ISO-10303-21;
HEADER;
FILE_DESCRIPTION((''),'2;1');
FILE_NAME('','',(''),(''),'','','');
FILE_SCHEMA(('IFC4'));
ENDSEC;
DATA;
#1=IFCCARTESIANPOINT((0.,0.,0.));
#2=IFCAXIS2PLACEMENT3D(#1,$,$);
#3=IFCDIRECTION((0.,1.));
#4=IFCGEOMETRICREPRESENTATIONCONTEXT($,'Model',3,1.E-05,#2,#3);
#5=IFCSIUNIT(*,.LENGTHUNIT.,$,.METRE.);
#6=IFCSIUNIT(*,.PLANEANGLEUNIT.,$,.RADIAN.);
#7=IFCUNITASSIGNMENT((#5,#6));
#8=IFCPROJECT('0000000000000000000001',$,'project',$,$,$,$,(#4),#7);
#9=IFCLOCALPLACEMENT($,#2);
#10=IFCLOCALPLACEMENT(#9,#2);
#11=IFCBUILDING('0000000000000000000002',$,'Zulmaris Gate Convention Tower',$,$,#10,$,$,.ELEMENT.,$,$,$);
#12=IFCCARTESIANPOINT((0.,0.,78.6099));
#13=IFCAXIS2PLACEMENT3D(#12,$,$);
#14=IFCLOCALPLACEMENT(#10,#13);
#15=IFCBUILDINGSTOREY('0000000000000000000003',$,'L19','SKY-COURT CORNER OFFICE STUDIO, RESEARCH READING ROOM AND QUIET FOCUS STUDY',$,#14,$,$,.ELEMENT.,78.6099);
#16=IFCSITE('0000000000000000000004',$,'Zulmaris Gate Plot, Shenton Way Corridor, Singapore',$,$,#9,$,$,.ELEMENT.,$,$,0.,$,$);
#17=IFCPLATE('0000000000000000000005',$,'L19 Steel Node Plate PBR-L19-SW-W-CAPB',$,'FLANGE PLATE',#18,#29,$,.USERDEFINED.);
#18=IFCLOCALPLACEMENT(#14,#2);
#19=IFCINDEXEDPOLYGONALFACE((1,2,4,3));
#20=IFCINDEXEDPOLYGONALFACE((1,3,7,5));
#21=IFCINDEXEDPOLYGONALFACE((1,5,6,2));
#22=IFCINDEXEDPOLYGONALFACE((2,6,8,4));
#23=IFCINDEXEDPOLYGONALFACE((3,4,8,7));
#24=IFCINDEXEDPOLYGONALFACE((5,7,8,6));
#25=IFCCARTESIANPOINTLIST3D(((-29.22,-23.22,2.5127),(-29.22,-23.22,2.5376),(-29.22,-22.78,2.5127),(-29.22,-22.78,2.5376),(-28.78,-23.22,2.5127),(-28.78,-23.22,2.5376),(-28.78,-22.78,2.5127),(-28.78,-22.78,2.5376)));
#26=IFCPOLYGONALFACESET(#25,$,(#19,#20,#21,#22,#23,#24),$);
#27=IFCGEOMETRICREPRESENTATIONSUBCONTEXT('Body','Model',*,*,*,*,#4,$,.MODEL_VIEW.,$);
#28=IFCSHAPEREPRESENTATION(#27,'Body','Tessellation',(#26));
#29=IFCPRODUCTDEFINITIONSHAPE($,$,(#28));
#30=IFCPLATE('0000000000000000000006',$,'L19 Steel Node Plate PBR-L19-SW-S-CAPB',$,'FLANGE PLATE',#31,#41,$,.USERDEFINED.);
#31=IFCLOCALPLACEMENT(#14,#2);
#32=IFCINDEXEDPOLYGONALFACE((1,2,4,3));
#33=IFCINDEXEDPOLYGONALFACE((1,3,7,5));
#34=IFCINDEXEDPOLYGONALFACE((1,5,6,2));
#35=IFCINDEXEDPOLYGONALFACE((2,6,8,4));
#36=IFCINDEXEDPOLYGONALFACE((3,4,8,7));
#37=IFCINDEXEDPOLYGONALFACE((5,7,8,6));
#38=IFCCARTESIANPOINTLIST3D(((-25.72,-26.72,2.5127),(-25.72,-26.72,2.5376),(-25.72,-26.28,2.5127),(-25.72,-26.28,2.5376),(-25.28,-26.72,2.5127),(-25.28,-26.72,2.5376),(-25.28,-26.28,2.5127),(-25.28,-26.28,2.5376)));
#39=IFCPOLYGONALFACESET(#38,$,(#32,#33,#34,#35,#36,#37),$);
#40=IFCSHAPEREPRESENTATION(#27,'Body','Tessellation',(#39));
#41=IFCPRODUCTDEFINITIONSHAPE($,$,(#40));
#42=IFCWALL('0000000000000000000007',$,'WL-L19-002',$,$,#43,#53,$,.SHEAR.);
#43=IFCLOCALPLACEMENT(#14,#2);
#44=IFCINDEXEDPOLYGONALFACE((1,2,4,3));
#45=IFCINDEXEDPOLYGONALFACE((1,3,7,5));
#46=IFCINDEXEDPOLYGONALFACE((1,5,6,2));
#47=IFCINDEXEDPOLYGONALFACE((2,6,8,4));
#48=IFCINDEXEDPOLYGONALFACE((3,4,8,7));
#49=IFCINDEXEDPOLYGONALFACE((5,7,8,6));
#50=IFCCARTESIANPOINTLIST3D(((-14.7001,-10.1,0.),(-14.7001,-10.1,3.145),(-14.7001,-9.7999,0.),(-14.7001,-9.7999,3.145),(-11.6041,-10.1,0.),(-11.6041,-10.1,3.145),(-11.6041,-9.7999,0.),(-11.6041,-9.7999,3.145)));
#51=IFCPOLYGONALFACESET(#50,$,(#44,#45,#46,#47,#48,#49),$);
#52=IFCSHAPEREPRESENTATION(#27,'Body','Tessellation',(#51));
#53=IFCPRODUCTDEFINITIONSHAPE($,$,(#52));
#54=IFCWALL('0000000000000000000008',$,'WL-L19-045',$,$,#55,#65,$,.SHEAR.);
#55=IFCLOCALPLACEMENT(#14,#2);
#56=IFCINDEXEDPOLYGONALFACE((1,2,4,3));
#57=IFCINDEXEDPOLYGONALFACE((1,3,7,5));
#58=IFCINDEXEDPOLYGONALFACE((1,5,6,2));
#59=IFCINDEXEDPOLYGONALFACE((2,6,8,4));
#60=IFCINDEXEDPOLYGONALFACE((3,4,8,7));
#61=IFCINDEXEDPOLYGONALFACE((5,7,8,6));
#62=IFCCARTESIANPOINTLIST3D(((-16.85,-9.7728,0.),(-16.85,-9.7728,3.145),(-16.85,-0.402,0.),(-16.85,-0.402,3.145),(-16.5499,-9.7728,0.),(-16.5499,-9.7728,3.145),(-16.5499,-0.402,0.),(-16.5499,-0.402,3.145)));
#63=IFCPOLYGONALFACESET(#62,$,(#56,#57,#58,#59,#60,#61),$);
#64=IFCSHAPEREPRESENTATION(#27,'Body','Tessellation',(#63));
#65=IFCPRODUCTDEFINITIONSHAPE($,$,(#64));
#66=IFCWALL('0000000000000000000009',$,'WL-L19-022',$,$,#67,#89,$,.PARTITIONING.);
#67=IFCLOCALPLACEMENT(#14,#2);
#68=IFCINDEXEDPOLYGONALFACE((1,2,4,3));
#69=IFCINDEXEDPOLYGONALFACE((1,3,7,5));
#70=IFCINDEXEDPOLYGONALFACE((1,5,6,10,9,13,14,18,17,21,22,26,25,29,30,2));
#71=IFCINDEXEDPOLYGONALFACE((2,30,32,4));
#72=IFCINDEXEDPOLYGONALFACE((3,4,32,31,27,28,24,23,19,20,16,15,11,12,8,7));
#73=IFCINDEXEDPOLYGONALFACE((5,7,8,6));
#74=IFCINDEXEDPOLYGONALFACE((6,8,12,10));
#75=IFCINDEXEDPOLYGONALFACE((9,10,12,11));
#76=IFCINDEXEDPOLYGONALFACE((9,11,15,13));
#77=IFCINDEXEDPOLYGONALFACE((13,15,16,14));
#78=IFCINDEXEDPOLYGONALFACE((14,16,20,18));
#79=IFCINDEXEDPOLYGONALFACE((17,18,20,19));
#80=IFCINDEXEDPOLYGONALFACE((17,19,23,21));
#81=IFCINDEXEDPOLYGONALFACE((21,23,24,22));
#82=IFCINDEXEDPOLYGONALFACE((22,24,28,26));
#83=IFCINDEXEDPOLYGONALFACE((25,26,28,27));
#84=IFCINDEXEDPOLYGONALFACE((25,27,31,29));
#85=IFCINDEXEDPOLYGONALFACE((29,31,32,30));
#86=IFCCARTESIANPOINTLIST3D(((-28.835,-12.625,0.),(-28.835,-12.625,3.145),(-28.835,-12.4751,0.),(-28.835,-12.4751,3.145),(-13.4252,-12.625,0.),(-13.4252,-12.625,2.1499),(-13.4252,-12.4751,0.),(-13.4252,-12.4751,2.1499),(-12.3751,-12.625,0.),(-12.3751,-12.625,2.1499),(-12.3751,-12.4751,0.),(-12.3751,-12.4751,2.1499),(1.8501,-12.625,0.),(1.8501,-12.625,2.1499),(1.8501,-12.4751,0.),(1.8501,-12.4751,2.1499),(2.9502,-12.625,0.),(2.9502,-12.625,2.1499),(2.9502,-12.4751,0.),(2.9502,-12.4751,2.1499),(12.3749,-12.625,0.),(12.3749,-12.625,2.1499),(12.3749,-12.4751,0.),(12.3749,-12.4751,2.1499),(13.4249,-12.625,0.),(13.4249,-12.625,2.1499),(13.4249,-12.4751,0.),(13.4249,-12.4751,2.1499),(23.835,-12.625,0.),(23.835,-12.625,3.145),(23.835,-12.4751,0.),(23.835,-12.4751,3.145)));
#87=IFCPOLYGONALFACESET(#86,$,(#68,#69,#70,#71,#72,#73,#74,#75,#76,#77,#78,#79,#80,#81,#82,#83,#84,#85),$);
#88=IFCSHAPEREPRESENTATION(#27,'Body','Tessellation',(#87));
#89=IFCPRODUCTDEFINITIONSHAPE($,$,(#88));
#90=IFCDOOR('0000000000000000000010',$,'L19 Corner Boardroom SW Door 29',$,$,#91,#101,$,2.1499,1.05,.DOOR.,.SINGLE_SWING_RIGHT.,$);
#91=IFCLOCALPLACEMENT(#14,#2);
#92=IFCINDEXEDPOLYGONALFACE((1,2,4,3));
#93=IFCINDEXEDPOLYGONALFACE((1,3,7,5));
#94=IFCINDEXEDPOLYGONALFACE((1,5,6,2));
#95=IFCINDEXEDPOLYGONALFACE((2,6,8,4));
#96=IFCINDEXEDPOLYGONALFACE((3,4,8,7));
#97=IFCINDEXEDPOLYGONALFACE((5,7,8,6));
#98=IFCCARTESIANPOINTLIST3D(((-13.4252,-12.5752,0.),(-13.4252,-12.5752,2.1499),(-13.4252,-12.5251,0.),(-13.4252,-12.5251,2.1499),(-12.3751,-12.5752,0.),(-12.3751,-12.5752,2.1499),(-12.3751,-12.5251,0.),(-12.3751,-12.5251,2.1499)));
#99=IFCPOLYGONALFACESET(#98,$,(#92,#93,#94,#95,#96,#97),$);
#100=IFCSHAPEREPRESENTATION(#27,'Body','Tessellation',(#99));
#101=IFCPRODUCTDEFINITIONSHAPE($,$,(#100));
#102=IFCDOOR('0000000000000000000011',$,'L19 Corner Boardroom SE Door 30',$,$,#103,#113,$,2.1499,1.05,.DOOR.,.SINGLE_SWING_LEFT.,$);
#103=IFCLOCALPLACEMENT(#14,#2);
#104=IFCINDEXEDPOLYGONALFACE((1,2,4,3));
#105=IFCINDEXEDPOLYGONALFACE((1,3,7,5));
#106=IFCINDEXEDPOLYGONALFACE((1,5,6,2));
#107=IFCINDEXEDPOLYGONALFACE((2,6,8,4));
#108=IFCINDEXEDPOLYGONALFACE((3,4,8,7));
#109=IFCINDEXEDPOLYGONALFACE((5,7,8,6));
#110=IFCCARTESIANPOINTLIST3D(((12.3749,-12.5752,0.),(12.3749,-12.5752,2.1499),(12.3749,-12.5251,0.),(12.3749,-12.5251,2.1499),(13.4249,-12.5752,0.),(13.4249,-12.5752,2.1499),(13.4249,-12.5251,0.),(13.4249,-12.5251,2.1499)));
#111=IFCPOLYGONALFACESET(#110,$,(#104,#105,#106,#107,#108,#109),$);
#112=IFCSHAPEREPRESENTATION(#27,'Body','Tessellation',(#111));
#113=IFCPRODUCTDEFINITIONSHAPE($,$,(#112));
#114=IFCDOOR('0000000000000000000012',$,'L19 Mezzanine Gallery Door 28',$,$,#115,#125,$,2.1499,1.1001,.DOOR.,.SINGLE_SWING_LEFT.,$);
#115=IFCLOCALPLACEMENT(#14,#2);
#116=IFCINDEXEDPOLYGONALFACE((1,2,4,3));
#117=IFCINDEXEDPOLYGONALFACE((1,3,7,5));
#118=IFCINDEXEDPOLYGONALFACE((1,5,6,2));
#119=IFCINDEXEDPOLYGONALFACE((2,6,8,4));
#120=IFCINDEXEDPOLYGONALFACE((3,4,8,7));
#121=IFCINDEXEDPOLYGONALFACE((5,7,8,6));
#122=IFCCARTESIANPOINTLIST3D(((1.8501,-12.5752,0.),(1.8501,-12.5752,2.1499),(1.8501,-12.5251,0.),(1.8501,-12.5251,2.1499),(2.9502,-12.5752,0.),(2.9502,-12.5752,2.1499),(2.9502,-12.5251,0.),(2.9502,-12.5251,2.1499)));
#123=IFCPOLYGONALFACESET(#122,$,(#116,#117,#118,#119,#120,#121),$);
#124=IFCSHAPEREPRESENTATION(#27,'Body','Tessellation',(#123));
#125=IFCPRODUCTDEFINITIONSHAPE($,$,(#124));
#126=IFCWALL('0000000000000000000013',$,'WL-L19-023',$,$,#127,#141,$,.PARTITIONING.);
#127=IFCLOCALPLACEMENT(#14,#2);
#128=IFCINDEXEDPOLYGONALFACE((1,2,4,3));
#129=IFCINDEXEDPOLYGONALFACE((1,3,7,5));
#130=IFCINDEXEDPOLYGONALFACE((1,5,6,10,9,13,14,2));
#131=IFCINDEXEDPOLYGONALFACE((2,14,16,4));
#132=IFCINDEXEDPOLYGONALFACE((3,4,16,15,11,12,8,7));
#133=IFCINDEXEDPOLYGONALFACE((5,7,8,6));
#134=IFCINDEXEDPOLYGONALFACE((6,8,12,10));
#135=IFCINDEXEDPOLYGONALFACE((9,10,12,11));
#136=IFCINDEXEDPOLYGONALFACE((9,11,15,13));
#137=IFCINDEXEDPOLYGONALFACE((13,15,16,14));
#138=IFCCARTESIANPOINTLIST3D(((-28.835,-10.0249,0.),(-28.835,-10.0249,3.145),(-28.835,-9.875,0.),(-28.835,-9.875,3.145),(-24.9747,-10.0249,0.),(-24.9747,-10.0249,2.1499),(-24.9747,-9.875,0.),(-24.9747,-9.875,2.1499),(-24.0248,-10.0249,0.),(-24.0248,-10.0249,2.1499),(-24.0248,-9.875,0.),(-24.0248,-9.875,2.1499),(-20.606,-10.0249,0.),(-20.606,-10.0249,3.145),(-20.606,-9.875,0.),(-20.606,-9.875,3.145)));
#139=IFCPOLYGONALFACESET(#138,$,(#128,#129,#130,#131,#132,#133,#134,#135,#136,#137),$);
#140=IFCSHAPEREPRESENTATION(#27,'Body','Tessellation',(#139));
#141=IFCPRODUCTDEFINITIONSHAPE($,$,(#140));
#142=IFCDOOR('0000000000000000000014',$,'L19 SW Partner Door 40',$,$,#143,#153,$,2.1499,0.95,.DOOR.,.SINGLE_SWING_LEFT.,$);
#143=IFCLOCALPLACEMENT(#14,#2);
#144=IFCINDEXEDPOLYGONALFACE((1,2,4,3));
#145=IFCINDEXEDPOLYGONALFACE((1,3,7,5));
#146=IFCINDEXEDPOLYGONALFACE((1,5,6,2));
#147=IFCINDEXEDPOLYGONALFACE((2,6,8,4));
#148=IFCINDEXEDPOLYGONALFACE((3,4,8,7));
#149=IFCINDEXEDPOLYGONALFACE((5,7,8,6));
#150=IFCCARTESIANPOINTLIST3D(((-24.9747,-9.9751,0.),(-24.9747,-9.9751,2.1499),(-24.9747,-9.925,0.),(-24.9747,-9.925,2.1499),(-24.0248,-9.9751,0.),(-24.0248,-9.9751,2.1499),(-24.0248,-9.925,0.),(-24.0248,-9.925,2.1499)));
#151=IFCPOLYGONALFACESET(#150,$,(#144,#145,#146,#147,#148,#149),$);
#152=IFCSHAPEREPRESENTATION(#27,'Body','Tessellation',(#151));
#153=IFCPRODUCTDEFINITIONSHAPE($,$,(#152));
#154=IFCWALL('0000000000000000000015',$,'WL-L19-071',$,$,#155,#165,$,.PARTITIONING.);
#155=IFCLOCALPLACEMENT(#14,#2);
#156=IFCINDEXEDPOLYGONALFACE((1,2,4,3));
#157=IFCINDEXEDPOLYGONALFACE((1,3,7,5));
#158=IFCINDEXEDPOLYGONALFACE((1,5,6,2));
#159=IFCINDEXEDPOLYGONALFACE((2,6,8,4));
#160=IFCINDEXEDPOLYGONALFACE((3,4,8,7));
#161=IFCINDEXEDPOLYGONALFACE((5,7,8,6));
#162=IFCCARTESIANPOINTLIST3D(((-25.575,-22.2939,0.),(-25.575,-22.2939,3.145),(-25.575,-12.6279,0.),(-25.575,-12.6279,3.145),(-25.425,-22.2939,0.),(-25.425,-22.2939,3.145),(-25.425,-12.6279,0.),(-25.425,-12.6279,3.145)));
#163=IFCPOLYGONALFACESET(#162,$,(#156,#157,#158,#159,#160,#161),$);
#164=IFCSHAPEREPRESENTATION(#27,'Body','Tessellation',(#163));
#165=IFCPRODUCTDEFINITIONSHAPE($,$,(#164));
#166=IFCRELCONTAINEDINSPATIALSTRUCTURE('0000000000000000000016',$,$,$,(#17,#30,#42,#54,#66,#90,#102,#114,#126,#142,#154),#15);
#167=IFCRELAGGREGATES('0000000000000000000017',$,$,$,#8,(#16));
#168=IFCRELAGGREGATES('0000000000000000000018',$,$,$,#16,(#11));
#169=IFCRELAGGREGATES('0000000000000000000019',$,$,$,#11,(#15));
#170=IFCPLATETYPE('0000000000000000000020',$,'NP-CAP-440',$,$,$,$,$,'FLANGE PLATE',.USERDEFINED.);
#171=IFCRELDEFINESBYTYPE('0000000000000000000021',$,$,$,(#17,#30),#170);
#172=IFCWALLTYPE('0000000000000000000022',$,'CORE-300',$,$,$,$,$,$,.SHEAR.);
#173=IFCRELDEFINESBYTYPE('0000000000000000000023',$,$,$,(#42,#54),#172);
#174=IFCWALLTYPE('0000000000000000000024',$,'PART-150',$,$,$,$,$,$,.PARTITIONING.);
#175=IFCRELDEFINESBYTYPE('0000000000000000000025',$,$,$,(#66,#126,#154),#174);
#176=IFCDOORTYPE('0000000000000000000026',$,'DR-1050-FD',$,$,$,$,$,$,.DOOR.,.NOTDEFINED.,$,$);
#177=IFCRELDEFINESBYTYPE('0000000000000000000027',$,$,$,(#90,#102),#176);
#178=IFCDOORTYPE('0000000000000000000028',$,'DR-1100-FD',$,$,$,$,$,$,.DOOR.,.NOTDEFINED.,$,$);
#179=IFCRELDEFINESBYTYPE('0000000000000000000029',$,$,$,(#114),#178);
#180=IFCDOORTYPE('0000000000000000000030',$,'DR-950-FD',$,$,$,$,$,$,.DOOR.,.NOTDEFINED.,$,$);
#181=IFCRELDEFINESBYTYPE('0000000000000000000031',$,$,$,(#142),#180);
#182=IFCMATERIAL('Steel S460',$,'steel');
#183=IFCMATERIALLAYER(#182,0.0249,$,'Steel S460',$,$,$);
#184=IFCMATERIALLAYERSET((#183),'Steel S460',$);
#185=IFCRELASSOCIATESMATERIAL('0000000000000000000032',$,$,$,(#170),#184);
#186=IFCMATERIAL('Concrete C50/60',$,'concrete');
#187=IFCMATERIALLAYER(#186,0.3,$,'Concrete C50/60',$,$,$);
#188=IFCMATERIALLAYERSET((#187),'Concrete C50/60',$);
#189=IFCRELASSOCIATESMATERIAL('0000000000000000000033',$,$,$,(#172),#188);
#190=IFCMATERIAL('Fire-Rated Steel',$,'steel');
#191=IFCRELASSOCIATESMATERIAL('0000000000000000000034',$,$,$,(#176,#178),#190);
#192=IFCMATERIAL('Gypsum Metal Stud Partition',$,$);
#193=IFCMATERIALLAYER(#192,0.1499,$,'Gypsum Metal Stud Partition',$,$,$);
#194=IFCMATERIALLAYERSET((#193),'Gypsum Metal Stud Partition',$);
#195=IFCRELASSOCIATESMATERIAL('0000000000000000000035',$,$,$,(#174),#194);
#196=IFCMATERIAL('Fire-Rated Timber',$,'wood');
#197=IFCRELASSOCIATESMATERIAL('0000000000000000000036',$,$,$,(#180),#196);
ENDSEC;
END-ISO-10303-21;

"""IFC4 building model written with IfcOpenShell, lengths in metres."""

from ifc_helpers import new_model, si_unit, direction, frame, frame_2d, origin, origin_2d, place, context, subcontext, project, spatial, rectangle, extrude, material, layer, layer_set, type_object, element, fill, save


model = new_model("IFC4")

# Units and contexts
model_context = context("Model", 3, precision=1e-05, world=origin(), true_north=direction((0.0, 1.0)))
body_context = subcontext(model_context, "Body", "Model", "MODEL_VIEW")
ifc_project = project(units=[si_unit("LENGTHUNIT", "METRE"), si_unit("PLANEANGLEUNIT", "RADIAN")], contexts=[model_context])

# Site, building, storey
site_placement = place(None, origin())
site = spatial("IfcSite", under=ifc_project, at=site_placement, Name="Zulmaris Gate Plot, Shenton Way Corridor, Singapore", CompositionType="ELEMENT", RefElevation=0.0)
building_placement = place(site_placement, origin())
building = spatial("IfcBuilding", under=site, at=building_placement, Name="Zulmaris Gate Convention Tower", CompositionType="ELEMENT")
storey_placement = place(building_placement, frame((0.0, 0.0, 78.6099)))
storey = spatial("IfcBuildingStorey", under=building, at=storey_placement, Name="L19", Description="SKY-COURT CORNER OFFICE STUDIO, RESEARCH READING ROOM AND QUIET FOCUS STUDY", CompositionType="ELEMENT", Elevation=78.6099)

# Plates
ifc_material_1 = material(Name="Steel S460", Category="steel")
ifc_layer_1 = layer(ifc_material_1, 0.0249, Name="Steel S460")
ifc_layer_set_1 = layer_set([ifc_layer_1], Name="Steel S460")
plate_type = type_object("IfcPlateType", Name="NP-CAP-440", ElementType="FLANGE PLATE", PredefinedType="USERDEFINED", material=ifc_layer_set_1)
for number, where, z_axis, x_axis, name in (
    (1, (-29.0, -23.0, 2.5127), (0.0, 0.0, 1.0), (1.0, 0.0, 0.0), "L19 Steel Node Plate PBR-L19-SW-W-CAPB"),
    (2, (-25.5, -26.5, 2.5127), (0.0, 0.0, 1.0), (1.0, 0.0, 0.0), "L19 Steel Node Plate PBR-L19-SW-S-CAPB"),
):
    element("IfcPlate", number, at=place(storey_placement, frame(where, z_axis=z_axis, x_axis=x_axis)), inside=storey, type_object=plate_type, Name=name, ObjectType="FLANGE PLATE", PredefinedType="USERDEFINED", context=body_context, shape_type="SweptSolid", body=[
        extrude(rectangle(XDim=0.4399, YDim=0.4399, at=origin_2d()), origin(), (0.0, 0.0, 1.0), 0.0249),
    ])

# Walls
ifc_material_2 = material(Name="Concrete C50/60", Category="concrete")
ifc_layer_2 = layer(ifc_material_2, 0.3, Name="Concrete C50/60")
ifc_layer_set_2 = layer_set([ifc_layer_2], Name="Concrete C50/60")
wall_type_1 = type_object("IfcWallType", Name="CORE-300", PredefinedType="SHEAR", material=ifc_layer_set_2)
wall_1_placement = place(storey_placement, frame((-14.7, -9.95, 0.0), z_axis=(0.0, 0.0, 1.0), x_axis=(1.0, 0.0, 0.0)))
element("IfcWall", 3, at=wall_1_placement, inside=storey, type_object=wall_type_1, Name="WL-L19-002", PredefinedType="SHEAR", context=body_context, shape_type="SweptSolid", body=[
    extrude(rectangle(XDim=3.0959, YDim=0.3, at=frame_2d((1.5479, 0.0))), origin(), (0.0, 0.0, 1.0), 3.145),
])
wall_2_placement = place(storey_placement, frame((-16.7, -9.7729, 0.0), z_axis=(0.0, 0.0, 1.0), x_axis=(0.0, 1.0, 0.0)))
element("IfcWall", 4, at=wall_2_placement, inside=storey, type_object=wall_type_1, Name="WL-L19-045", PredefinedType="SHEAR", context=body_context, shape_type="SweptSolid", body=[
    extrude(rectangle(XDim=9.3708, YDim=0.3, at=frame_2d((4.6855, 0.0))), origin(), (0.0, 0.0, 1.0), 3.145),
])

# Shared definitions
ifc_material_3 = material(Name="Fire-Rated Steel", Category="steel")
door_type_1 = type_object("IfcDoorType", Name="DR-1050-FD", OperationType="NOTDEFINED", PredefinedType="DOOR", material=ifc_material_3)

# Wall, openings, doors
ifc_material_4 = material(Name="Gypsum Metal Stud Partition")
ifc_layer_3 = layer(ifc_material_4, 0.1499, Name="Gypsum Metal Stud Partition")
ifc_layer_set_3 = layer_set([ifc_layer_3], Name="Gypsum Metal Stud Partition")
wall_type_2 = type_object("IfcWallType", Name="PART-150", PredefinedType="PARTITIONING", material=ifc_layer_set_3)
wall_3_placement = place(storey_placement, frame((-28.835, -12.55, 0.0), z_axis=(0.0, 0.0, 1.0), x_axis=(1.0, 0.0, 0.0)))
wall_3 = element("IfcWall", 5, at=wall_3_placement, inside=storey, type_object=wall_type_2, Name="WL-L19-022", PredefinedType="PARTITIONING", context=body_context, shape_type="SweptSolid", body=[
    extrude(rectangle(XDim=52.6699, YDim=0.1499, at=frame_2d((26.335, 0.0))), origin(), (0.0, 0.0, 1.0), 3.145),
])
opening_1_placement = place(wall_3_placement, frame((30.6851, 0.0, 0.0)))
opening_1 = element("IfcOpeningElement", 6, at=opening_1_placement, cuts=wall_3, PredefinedType="OPENING", context=body_context, shape_type="SweptSolid", body=[
    extrude(rectangle(XDim=1.1001, YDim=2.1499, at=frame_2d((0.55, 1.075))), frame((0.0, 0.085, 0.0), z_axis=(0.0, -1.0, 0.0), x_axis=(1.0, 0.0, 0.0)), (0.0, 0.0, 1.0), 0.1699),
])
opening_2_placement = place(wall_3_placement, frame((15.4099, 0.0, 0.0)))
opening_2 = element("IfcOpeningElement", 7, at=opening_2_placement, cuts=wall_3, PredefinedType="OPENING", context=body_context, shape_type="SweptSolid", body=[
    extrude(rectangle(XDim=1.05, YDim=2.1499, at=frame_2d((0.5249, 1.075))), frame((0.0, 0.085, 0.0), z_axis=(0.0, -1.0, 0.0), x_axis=(1.0, 0.0, 0.0)), (0.0, 0.0, 1.0), 0.1699),
])
opening_3_placement = place(wall_3_placement, frame((41.21, 0.0, 0.0)))
opening_3 = element("IfcOpeningElement", 8, at=opening_3_placement, cuts=wall_3, PredefinedType="OPENING", context=body_context, shape_type="SweptSolid", body=[
    extrude(rectangle(XDim=1.05, YDim=2.1499, at=frame_2d((0.5249, 1.075))), frame((0.0, 0.085, 0.0), z_axis=(0.0, -1.0, 0.0), x_axis=(1.0, 0.0, 0.0)), (0.0, 0.0, 1.0), 0.1699),
])
door_1_placement = place(opening_2_placement, origin())
door_1 = element("IfcDoor", 9, at=door_1_placement, inside=storey, type_object=door_type_1, Name="L19 Corner Boardroom SW Door 29", OperationType="SINGLE_SWING_RIGHT", OverallHeight=2.1499, OverallWidth=1.05, PredefinedType="DOOR", context=body_context, shape_type="SweptSolid", body=[
    extrude(rectangle(XDim=1.05, YDim=2.1499, at=frame_2d((0.5249, 1.075))), frame((0.0, 0.0249, 0.0), z_axis=(0.0, -1.0, 0.0), x_axis=(1.0, 0.0, 0.0)), (0.0, 0.0, 1.0), 0.05),
])
fill(opening_2, door_1)
door_2_placement = place(opening_3_placement, origin())
door_2 = element("IfcDoor", 10, at=door_2_placement, inside=storey, type_object=door_type_1, Name="L19 Corner Boardroom SE Door 30", OperationType="SINGLE_SWING_LEFT", OverallHeight=2.1499, OverallWidth=1.05, PredefinedType="DOOR", context=body_context, shape_type="SweptSolid", body=[
    extrude(rectangle(XDim=1.05, YDim=2.1499, at=frame_2d((0.5249, 1.075))), frame((0.0, 0.0249, 0.0), z_axis=(0.0, -1.0, 0.0), x_axis=(1.0, 0.0, 0.0)), (0.0, 0.0, 1.0), 0.05),
])
fill(opening_3, door_2)
door_type_2 = type_object("IfcDoorType", Name="DR-1100-FD", OperationType="NOTDEFINED", PredefinedType="DOOR", material=ifc_material_3)
door_3_placement = place(opening_1_placement, origin())
door_3 = element("IfcDoor", 11, at=door_3_placement, inside=storey, type_object=door_type_2, Name="L19 Mezzanine Gallery Door 28", OperationType="SINGLE_SWING_LEFT", OverallHeight=2.1499, OverallWidth=1.1001, PredefinedType="DOOR", context=body_context, shape_type="SweptSolid", body=[
    extrude(rectangle(XDim=1.1001, YDim=2.1499, at=frame_2d((0.55, 1.075))), frame((0.0, 0.0249, 0.0), z_axis=(0.0, -1.0, 0.0), x_axis=(1.0, 0.0, 0.0)), (0.0, 0.0, 1.0), 0.05),
])
fill(opening_1, door_3)

# Wall, opening, door
wall_4_placement = place(storey_placement, frame((-28.835, -9.95, 0.0), z_axis=(0.0, 0.0, 1.0), x_axis=(1.0, 0.0, 0.0)))
wall_4 = element("IfcWall", 12, at=wall_4_placement, inside=storey, type_object=wall_type_2, Name="WL-L19-023", PredefinedType="PARTITIONING", context=body_context, shape_type="SweptSolid", body=[
    extrude(rectangle(XDim=8.229, YDim=0.1499, at=frame_2d((4.1145, 0.0))), origin(), (0.0, 0.0, 1.0), 3.145),
])
opening_4_placement = place(wall_4_placement, frame((3.8601, 0.0, 0.0)))
opening_4 = element("IfcOpeningElement", 13, at=opening_4_placement, cuts=wall_4, PredefinedType="OPENING", context=body_context, shape_type="SweptSolid", body=[
    extrude(rectangle(XDim=0.95, YDim=2.1499, at=frame_2d((0.4751, 1.075))), frame((0.0, 0.085, 0.0), z_axis=(0.0, -1.0, 0.0), x_axis=(1.0, 0.0, 0.0)), (0.0, 0.0, 1.0), 0.1699),
])
ifc_material_5 = material(Name="Fire-Rated Timber", Category="wood")
door_type_3 = type_object("IfcDoorType", Name="DR-950-FD", OperationType="NOTDEFINED", PredefinedType="DOOR", material=ifc_material_5)
door_4_placement = place(opening_4_placement, origin())
door_4 = element("IfcDoor", 14, at=door_4_placement, inside=storey, type_object=door_type_3, Name="L19 SW Partner Door 40", OperationType="SINGLE_SWING_LEFT", OverallHeight=2.1499, OverallWidth=0.95, PredefinedType="DOOR", context=body_context, shape_type="SweptSolid", body=[
    extrude(rectangle(XDim=0.95, YDim=2.1499, at=frame_2d((0.4751, 1.075))), frame((0.0, 0.0249, 0.0), z_axis=(0.0, -1.0, 0.0), x_axis=(1.0, 0.0, 0.0)), (0.0, 0.0, 1.0), 0.05),
])
fill(opening_4, door_4)

# Wall
wall_5_placement = place(storey_placement, frame((-25.5, -22.2939, 0.0), z_axis=(0.0, 0.0, 1.0), x_axis=(0.0, 1.0, 0.0)))
element("IfcWall", 15, at=wall_5_placement, inside=storey, type_object=wall_type_2, Name="WL-L19-071", PredefinedType="PARTITIONING", context=body_context, shape_type="SweptSolid", body=[
    extrude(rectangle(XDim=9.666, YDim=0.1499, at=frame_2d((4.833, 0.0))), origin(), (0.0, 0.0, 1.0), 3.145),
])

save(model, "model.ifc")
